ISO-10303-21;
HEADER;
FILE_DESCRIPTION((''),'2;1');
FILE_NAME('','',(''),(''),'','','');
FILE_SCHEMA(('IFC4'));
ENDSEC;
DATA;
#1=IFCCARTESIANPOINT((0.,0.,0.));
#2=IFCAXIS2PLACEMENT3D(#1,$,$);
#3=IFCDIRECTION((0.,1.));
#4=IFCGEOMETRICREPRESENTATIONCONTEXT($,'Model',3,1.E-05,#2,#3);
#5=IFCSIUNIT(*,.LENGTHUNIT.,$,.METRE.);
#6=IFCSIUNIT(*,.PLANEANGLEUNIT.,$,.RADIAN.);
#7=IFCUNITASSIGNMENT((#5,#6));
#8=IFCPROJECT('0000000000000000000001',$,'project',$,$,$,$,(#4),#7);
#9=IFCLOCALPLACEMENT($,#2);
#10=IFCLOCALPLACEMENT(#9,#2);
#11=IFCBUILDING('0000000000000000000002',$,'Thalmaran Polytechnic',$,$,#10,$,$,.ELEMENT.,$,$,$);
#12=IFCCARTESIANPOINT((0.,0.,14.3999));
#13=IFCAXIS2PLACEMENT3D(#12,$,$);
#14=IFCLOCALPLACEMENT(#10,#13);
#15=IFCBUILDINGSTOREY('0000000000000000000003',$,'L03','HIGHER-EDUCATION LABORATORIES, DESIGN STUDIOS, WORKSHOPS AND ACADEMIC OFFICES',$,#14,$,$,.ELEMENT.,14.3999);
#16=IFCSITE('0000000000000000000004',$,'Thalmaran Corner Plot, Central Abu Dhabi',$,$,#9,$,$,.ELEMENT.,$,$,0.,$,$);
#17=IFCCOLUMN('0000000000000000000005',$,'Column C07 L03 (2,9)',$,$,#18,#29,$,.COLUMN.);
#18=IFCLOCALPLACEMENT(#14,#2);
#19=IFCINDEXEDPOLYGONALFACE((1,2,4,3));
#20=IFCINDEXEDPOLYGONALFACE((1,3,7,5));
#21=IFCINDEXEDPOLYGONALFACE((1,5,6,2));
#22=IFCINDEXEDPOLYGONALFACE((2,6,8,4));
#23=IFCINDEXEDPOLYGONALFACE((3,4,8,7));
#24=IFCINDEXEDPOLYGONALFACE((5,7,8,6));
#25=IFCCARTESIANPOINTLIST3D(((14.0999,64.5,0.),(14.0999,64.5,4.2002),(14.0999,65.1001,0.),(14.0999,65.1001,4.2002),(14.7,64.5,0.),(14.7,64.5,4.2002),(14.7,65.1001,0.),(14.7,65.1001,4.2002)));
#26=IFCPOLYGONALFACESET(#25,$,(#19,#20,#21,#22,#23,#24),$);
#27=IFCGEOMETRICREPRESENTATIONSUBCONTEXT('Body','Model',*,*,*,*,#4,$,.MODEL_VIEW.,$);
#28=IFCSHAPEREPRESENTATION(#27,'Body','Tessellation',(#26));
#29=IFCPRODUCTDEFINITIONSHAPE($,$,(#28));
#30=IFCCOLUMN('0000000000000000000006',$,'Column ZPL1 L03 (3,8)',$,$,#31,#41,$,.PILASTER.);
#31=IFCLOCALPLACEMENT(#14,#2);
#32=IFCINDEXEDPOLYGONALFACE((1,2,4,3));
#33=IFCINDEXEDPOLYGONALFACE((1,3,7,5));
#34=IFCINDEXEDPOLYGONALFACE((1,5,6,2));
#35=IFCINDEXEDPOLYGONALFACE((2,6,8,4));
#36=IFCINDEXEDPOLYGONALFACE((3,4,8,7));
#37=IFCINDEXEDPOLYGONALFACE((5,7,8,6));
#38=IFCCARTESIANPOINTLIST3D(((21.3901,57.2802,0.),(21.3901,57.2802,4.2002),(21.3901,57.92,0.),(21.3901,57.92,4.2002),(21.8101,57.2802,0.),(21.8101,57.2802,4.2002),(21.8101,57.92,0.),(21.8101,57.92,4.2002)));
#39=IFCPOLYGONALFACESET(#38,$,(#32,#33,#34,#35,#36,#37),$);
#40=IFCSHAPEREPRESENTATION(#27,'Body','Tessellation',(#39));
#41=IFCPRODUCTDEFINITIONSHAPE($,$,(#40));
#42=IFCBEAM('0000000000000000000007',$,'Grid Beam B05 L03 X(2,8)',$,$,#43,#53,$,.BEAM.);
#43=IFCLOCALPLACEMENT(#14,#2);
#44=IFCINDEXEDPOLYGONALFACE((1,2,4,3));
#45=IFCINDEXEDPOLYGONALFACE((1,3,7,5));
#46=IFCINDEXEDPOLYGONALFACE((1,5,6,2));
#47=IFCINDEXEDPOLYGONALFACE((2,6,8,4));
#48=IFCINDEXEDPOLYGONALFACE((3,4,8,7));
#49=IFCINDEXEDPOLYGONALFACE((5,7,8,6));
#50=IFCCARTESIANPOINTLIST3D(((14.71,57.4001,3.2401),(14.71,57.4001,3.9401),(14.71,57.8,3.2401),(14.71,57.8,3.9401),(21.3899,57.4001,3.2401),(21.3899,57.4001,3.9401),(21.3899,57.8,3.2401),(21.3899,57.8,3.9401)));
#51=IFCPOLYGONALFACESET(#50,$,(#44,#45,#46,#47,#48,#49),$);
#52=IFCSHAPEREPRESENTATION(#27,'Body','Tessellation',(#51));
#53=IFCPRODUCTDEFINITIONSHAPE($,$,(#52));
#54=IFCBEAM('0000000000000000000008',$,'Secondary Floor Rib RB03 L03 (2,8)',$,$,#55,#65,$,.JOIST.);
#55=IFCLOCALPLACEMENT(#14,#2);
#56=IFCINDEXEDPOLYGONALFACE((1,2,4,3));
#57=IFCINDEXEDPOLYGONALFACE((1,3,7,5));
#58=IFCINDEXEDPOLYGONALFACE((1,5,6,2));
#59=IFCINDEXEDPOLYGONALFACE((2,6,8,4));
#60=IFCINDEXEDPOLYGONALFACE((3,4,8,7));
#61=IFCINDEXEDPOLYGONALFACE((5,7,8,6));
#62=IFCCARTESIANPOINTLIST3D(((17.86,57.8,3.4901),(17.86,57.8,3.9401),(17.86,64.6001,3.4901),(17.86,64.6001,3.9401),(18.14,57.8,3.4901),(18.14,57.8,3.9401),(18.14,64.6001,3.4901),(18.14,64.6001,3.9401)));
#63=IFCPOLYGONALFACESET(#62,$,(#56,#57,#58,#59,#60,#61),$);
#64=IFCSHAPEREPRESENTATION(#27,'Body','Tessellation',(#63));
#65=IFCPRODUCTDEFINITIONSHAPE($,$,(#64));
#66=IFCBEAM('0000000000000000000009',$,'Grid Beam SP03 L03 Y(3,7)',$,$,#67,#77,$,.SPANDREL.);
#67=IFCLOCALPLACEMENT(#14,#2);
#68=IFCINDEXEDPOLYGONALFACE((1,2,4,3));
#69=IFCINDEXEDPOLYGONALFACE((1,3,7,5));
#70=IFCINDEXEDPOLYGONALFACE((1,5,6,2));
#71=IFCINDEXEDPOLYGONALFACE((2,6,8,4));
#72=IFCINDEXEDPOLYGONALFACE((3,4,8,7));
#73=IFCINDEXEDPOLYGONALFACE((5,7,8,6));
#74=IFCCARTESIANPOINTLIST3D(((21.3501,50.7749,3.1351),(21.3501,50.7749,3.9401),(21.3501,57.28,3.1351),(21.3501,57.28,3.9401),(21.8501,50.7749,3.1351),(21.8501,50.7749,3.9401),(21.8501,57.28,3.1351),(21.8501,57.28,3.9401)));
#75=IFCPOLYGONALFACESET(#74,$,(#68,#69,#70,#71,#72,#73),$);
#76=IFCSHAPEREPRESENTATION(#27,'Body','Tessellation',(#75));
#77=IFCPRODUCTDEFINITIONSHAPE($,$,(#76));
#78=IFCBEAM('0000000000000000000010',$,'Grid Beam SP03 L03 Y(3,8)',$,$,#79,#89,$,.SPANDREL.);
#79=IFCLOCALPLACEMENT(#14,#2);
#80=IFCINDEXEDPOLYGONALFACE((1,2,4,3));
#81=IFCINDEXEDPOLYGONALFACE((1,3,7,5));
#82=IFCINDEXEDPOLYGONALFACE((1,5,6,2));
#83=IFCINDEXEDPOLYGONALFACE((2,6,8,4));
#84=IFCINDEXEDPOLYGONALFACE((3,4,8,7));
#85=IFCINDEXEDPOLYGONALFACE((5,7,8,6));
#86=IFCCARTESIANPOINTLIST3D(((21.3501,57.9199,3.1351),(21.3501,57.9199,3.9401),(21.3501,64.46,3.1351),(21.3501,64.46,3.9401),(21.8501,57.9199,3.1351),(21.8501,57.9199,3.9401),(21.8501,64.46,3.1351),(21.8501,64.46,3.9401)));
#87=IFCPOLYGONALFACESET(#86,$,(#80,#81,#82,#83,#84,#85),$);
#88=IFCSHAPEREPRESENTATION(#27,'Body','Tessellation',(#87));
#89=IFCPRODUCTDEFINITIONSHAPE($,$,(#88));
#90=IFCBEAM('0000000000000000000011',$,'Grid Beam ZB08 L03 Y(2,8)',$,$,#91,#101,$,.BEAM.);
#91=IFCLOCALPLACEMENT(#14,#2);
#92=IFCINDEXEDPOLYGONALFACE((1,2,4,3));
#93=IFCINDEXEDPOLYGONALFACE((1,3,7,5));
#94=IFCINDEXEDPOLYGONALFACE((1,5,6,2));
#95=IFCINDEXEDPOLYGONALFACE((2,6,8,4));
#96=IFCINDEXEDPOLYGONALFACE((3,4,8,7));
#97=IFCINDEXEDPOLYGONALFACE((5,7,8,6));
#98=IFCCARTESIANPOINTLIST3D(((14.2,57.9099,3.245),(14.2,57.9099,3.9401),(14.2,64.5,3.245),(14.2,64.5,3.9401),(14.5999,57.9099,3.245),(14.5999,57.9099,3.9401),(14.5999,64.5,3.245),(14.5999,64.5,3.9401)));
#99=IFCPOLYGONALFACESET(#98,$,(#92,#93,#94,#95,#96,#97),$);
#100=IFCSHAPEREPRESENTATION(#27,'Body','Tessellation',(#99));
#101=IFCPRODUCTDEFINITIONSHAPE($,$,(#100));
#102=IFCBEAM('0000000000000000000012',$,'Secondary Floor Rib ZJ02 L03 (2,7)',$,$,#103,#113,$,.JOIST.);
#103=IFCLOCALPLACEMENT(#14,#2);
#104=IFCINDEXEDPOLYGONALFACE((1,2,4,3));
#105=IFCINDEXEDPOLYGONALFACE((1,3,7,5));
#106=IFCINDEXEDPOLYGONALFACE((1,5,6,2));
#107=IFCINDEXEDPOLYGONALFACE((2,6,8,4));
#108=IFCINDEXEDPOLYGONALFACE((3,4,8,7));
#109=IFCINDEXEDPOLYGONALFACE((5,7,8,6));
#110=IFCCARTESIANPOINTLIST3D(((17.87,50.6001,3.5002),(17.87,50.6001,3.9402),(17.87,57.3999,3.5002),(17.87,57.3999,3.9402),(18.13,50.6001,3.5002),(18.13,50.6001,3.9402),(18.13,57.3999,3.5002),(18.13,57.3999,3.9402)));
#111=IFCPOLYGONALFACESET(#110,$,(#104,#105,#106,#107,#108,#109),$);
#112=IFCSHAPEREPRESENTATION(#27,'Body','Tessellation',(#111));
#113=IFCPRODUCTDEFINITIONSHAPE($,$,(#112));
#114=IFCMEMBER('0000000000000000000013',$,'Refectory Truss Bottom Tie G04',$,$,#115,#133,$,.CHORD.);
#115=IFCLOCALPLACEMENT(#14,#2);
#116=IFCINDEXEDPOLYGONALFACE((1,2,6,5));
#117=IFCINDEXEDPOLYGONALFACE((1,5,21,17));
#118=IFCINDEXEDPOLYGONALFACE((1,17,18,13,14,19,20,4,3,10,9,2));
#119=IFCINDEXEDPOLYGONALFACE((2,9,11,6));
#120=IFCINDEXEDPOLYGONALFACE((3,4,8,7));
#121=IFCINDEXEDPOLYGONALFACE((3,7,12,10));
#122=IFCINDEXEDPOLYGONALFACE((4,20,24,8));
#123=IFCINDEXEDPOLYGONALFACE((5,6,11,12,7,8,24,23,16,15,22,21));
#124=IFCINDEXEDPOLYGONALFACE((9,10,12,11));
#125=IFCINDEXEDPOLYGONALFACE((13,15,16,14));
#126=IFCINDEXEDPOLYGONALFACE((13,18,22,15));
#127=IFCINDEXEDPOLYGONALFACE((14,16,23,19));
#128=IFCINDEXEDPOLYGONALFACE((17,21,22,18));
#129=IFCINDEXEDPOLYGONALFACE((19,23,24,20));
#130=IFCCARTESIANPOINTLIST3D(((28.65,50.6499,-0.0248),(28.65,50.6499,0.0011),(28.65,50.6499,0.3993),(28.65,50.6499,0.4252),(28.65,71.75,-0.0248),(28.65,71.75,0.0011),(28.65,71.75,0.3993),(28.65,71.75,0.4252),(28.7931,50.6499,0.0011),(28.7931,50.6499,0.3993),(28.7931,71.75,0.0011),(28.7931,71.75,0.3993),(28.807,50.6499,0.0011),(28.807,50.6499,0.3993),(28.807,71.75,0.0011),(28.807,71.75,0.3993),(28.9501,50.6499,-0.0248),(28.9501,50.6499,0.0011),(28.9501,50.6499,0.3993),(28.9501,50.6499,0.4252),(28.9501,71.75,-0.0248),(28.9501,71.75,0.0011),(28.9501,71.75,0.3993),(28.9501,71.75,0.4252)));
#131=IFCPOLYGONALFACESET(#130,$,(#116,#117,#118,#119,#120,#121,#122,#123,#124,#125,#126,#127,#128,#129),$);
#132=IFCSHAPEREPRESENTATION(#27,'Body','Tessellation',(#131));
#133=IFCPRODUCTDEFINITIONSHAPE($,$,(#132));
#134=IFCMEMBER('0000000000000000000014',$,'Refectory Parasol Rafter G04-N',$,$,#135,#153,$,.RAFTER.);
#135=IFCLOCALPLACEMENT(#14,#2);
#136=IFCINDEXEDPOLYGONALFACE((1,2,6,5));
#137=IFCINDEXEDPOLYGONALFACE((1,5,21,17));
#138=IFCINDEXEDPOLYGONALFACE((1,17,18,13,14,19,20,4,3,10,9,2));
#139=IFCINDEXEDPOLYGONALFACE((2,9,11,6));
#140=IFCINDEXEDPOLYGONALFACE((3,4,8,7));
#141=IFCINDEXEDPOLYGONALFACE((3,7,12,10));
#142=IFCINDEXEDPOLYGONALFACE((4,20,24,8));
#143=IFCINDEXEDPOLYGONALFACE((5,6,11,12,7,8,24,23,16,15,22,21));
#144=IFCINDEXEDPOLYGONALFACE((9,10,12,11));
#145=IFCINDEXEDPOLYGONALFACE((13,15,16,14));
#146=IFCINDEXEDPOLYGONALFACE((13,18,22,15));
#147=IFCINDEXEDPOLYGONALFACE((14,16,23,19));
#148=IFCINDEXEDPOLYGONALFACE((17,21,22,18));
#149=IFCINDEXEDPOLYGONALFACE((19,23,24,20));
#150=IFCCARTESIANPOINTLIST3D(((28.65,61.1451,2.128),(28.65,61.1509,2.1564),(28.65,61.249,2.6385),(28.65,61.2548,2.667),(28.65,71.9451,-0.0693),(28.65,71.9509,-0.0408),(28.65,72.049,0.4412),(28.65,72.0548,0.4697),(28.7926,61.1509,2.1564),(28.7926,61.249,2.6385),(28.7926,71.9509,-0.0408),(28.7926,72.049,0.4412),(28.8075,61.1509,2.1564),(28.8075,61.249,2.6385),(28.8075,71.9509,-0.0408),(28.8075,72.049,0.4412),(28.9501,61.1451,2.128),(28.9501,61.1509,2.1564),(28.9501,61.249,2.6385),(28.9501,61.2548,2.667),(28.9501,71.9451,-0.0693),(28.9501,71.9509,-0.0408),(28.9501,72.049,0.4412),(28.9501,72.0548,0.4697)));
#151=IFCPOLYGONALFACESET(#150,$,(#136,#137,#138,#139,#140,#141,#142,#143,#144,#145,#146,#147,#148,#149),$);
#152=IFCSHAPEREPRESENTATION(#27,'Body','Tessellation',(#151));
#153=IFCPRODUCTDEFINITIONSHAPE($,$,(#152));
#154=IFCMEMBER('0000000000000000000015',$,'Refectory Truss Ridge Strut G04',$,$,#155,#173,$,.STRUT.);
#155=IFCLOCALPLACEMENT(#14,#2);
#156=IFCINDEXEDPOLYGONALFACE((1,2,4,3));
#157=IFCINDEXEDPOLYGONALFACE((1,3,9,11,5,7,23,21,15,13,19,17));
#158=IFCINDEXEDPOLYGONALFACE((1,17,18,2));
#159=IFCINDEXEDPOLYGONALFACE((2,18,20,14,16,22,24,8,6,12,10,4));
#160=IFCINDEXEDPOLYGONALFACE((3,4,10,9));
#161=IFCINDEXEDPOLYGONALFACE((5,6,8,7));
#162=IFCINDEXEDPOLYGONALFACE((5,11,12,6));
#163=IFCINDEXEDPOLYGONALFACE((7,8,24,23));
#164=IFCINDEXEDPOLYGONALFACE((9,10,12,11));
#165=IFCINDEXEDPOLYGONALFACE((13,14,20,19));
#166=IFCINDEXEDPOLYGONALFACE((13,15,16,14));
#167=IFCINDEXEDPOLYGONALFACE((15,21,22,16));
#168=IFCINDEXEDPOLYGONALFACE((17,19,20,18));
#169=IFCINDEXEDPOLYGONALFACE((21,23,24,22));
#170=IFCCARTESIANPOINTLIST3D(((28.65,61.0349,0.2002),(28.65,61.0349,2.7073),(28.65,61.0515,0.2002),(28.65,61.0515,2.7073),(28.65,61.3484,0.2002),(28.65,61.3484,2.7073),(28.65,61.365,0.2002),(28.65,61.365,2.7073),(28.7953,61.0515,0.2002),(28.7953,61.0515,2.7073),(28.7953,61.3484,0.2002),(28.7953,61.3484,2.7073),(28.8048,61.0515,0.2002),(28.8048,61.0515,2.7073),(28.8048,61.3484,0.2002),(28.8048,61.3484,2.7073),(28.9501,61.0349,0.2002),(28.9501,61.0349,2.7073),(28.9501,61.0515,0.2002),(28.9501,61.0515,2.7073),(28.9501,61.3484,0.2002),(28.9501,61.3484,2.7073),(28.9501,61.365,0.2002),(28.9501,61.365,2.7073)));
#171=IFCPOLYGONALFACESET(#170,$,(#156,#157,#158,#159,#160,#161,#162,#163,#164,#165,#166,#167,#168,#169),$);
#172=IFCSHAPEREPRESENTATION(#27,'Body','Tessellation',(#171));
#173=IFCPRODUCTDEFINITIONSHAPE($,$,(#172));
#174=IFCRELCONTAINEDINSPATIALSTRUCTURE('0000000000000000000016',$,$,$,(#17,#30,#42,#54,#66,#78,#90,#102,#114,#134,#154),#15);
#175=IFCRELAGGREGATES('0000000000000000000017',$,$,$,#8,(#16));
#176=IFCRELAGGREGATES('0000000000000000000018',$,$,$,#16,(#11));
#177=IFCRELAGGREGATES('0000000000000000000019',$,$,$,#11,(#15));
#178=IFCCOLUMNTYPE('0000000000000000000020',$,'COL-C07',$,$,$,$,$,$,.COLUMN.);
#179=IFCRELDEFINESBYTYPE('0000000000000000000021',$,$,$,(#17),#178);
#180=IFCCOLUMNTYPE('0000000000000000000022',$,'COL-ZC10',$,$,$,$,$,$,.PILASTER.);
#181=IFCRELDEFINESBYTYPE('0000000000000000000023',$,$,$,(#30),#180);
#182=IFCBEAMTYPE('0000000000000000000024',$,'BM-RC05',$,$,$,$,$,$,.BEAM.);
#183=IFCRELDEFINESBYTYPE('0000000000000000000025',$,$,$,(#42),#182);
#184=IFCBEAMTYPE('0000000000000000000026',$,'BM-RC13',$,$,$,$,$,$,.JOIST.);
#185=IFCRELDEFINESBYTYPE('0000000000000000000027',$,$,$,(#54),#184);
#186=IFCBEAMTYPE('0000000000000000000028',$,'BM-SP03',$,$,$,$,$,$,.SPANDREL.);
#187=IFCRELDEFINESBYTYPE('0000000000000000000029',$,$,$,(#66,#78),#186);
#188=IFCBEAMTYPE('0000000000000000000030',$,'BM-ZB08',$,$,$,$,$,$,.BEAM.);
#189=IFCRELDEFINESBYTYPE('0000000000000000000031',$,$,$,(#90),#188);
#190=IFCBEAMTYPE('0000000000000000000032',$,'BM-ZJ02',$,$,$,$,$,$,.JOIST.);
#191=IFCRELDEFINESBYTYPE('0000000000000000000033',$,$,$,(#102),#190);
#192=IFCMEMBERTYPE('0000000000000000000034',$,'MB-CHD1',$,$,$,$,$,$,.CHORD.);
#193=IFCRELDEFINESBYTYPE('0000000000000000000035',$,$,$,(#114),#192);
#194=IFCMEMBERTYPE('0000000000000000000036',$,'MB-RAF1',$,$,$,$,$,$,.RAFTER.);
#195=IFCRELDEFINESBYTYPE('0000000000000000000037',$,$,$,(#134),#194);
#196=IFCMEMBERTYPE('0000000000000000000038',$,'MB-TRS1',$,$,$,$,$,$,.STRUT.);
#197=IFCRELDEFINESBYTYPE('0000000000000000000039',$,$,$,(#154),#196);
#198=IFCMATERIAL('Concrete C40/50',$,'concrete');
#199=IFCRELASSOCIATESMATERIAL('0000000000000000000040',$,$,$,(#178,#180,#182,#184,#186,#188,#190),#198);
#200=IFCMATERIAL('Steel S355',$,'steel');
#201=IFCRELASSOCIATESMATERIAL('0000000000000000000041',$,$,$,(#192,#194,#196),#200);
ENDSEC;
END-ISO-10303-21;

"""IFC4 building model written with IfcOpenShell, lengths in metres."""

from ifc_helpers import new_model, si_unit, direction, frame, origin, origin_2d, place, context, subcontext, project, spatial, rectangle, i_section, extrude, material, material_profile, profile_set, type_object, element, save


model = new_model("IFC4")

# Units and contexts
model_context = context("Model", 3, precision=1e-05, world=origin(), true_north=direction((0.0, 1.0)))
body_context = subcontext(model_context, "Body", "Model", "MODEL_VIEW")
ifc_project = project(units=[si_unit("LENGTHUNIT", "METRE"), si_unit("PLANEANGLEUNIT", "RADIAN")], contexts=[model_context])

# Site, building, storey
site_placement = place(None, origin())
site = spatial("IfcSite", under=ifc_project, at=site_placement, Name="Thalmaran Corner Plot, Central Abu Dhabi", CompositionType="ELEMENT", RefElevation=0.0)
building_placement = place(site_placement, origin())
building = spatial("IfcBuilding", under=site, at=building_placement, Name="Thalmaran Polytechnic", CompositionType="ELEMENT")
storey_placement = place(building_placement, frame((0.0, 0.0, 14.3999)))
storey = spatial("IfcBuildingStorey", under=building, at=storey_placement, Name="L03", Description="HIGHER-EDUCATION LABORATORIES, DESIGN STUDIOS, WORKSHOPS AND ACADEMIC OFFICES", CompositionType="ELEMENT", Elevation=14.3999)

# Columns
ifc_material_1 = material(Name="Concrete C40/50", Category="concrete")
ifc_material_profile_1 = material_profile(ifc_material_1, rectangle(XDim=0.6001, YDim=0.6001, at=origin_2d()), Name="RC 600x600")
ifc_profile_set_1 = profile_set([ifc_material_profile_1], Name="Concrete C40/50")
column_type_1 = type_object("IfcColumnType", Name="COL-C07", PredefinedType="COLUMN", material=ifc_profile_set_1)
column_1_placement = place(storey_placement, frame((14.3999, 64.8, 0.0), z_axis=(0.0, 0.0, 1.0), x_axis=(1.0, 0.0, 0.0)))
element("IfcColumn", 1, at=column_1_placement, inside=storey, type_object=column_type_1, Name="Column C07 L03 (2,9)", PredefinedType="COLUMN", context=body_context, shape_type="SweptSolid", body=[
    extrude(rectangle(XDim=0.6001, YDim=0.6001, at=origin_2d()), origin(), (0.0, 0.0, 1.0), 4.2002),
])
ifc_material_profile_2 = material_profile(ifc_material_1, rectangle(XDim=0.4199, YDim=0.6399, at=origin_2d()), Name="RC 420x640")
ifc_profile_set_2 = profile_set([ifc_material_profile_2], Name="Concrete C40/50")
column_type_2 = type_object("IfcColumnType", Name="COL-ZC10", PredefinedType="PILASTER", material=ifc_profile_set_2)
column_2_placement = place(storey_placement, frame((21.6001, 57.6001, 0.0), z_axis=(0.0, 0.0, 1.0), x_axis=(1.0, 0.0, 0.0)))
element("IfcColumn", 2, at=column_2_placement, inside=storey, type_object=column_type_2, Name="Column ZPL1 L03 (3,8)", PredefinedType="PILASTER", context=body_context, shape_type="SweptSolid", body=[
    extrude(rectangle(XDim=0.4199, YDim=0.6399, at=origin_2d()), origin(), (0.0, 0.0, 1.0), 4.2002),
])

# Beams
ifc_material_profile_3 = material_profile(ifc_material_1, rectangle(XDim=0.3999, YDim=0.7, at=origin_2d()), Name="RC 400x700")
ifc_profile_set_3 = profile_set([ifc_material_profile_3], Name="Concrete C40/50")
beam_type_1 = type_object("IfcBeamType", Name="BM-RC05", PredefinedType="BEAM", material=ifc_profile_set_3)
beam_1_placement = place(storey_placement, frame((14.71, 57.6001, 3.5901), z_axis=(1.0, 0.0, 0.0), x_axis=(0.0, 1.0, 0.0)))
element("IfcBeam", 3, at=beam_1_placement, inside=storey, type_object=beam_type_1, Name="Grid Beam B05 L03 X(2,8)", PredefinedType="BEAM", context=body_context, shape_type="SweptSolid", body=[
    extrude(rectangle(XDim=0.3999, YDim=0.7, at=origin_2d()), origin(), (0.0, 0.0, 1.0), 6.6799),
])
ifc_material_profile_4 = material_profile(ifc_material_1, rectangle(XDim=0.28, YDim=0.45, at=origin_2d()), Name="RC 280x450")
ifc_profile_set_4 = profile_set([ifc_material_profile_4], Name="Concrete C40/50")
beam_type_2 = type_object("IfcBeamType", Name="BM-RC13", PredefinedType="JOIST", material=ifc_profile_set_4)
beam_2_placement = place(storey_placement, frame((18.0, 57.8, 3.7151), z_axis=(0.0, 1.0, 0.0), x_axis=(-1.0, 0.0, 0.0)))
element("IfcBeam", 4, at=beam_2_placement, inside=storey, type_object=beam_type_2, Name="Secondary Floor Rib RB03 L03 (2,8)", PredefinedType="JOIST", context=body_context, shape_type="SweptSolid", body=[
    extrude(rectangle(XDim=0.28, YDim=0.45, at=origin_2d()), origin(), (0.0, 0.0, 1.0), 6.8),
])
ifc_material_profile_5 = material_profile(ifc_material_1, rectangle(XDim=0.5, YDim=0.8049, at=origin_2d()), Name="RC 500x805")
ifc_profile_set_5 = profile_set([ifc_material_profile_5], Name="Concrete C40/50")
beam_type_3 = type_object("IfcBeamType", Name="BM-SP03", PredefinedType="SPANDREL", material=ifc_profile_set_5)
beam_3_placement = place(storey_placement, frame((21.6001, 50.7749, 3.5376), z_axis=(0.0, 1.0, 0.0), x_axis=(-1.0, 0.0, 0.0)))
element("IfcBeam", 5, at=beam_3_placement, inside=storey, type_object=beam_type_3, Name="Grid Beam SP03 L03 Y(3,7)", PredefinedType="SPANDREL", context=body_context, shape_type="SweptSolid", body=[
    extrude(rectangle(XDim=0.5, YDim=0.8049, at=origin_2d()), origin(), (0.0, 0.0, 1.0), 6.5051),
])
beam_4_placement = place(storey_placement, frame((21.6001, 57.9199, 3.5376), z_axis=(0.0, 1.0, 0.0), x_axis=(-1.0, 0.0, 0.0)))
element("IfcBeam", 6, at=beam_4_placement, inside=storey, type_object=beam_type_3, Name="Grid Beam SP03 L03 Y(3,8)", PredefinedType="SPANDREL", context=body_context, shape_type="SweptSolid", body=[
    extrude(rectangle(XDim=0.5, YDim=0.8049, at=origin_2d()), origin(), (0.0, 0.0, 1.0), 6.54),
])
ifc_material_profile_6 = material_profile(ifc_material_1, rectangle(XDim=0.3999, YDim=0.6951, at=origin_2d()), Name="RC 400x695")
ifc_profile_set_6 = profile_set([ifc_material_profile_6], Name="Concrete C40/50")
beam_type_4 = type_object("IfcBeamType", Name="BM-ZB08", PredefinedType="BEAM", material=ifc_profile_set_6)
beam_5_placement = place(storey_placement, frame((14.3999, 57.9099, 3.5925), z_axis=(0.0, 1.0, 0.0), x_axis=(-1.0, 0.0, 0.0)))
element("IfcBeam", 7, at=beam_5_placement, inside=storey, type_object=beam_type_4, Name="Grid Beam ZB08 L03 Y(2,8)", PredefinedType="BEAM", context=body_context, shape_type="SweptSolid", body=[
    extrude(rectangle(XDim=0.3999, YDim=0.6951, at=origin_2d()), origin(), (0.0, 0.0, 1.0), 6.5901),
])
ifc_material_profile_7 = material_profile(ifc_material_1, rectangle(XDim=0.26, YDim=0.4399, at=origin_2d()), Name="RC 260x440")
ifc_profile_set_7 = profile_set([ifc_material_profile_7], Name="Concrete C40/50")
beam_type_5 = type_object("IfcBeamType", Name="BM-ZJ02", PredefinedType="JOIST", material=ifc_profile_set_7)
beam_6_placement = place(storey_placement, frame((18.0, 50.6001, 3.7202), z_axis=(0.0, 1.0, 0.0), x_axis=(-1.0, 0.0, 0.0)))
element("IfcBeam", 8, at=beam_6_placement, inside=storey, type_object=beam_type_5, Name="Secondary Floor Rib ZJ02 L03 (2,7)", PredefinedType="JOIST", context=body_context, shape_type="SweptSolid", body=[
    extrude(rectangle(XDim=0.26, YDim=0.4399, at=origin_2d()), origin(), (0.0, 0.0, 1.0), 6.7998),
])

# Members
ifc_material_2 = material(Name="Steel S355", Category="steel")
ifc_material_profile_8 = material_profile(ifc_material_2, i_section(OverallWidth=0.3, OverallDepth=0.45, WebThickness=0.0139, FlangeThickness=0.0259, at=origin_2d()), Name="HEB 450")
ifc_profile_set_8 = profile_set([ifc_material_profile_8], Name="Steel S355")
member_type_1 = type_object("IfcMemberType", Name="MB-CHD1", PredefinedType="CHORD", material=ifc_profile_set_8)
member_1_placement = place(storey_placement, frame((28.8, 50.6499, 0.2002), z_axis=(0.0, 1.0, 0.0), x_axis=(-1.0, 0.0, 0.0)))
element("IfcMember", 9, at=member_1_placement, inside=storey, type_object=member_type_1, Name="Refectory Truss Bottom Tie G04", PredefinedType="CHORD", context=body_context, shape_type="SweptSolid", body=[
    extrude(i_section(OverallWidth=0.3, OverallDepth=0.45, WebThickness=0.0139, FlangeThickness=0.0259, at=origin_2d()), origin(), (0.0, 0.0, 1.0), 21.1001),
])
ifc_material_profile_9 = material_profile(ifc_material_2, i_section(OverallWidth=0.3, OverallDepth=0.55, WebThickness=0.0149, FlangeThickness=0.0291, at=origin_2d()), Name="HEB 550")
ifc_profile_set_9 = profile_set([ifc_material_profile_9], Name="Steel S355")
member_type_2 = type_object("IfcMemberType", Name="MB-RAF1", PredefinedType="RAFTER", material=ifc_profile_set_9)
member_2_placement = place(storey_placement, frame((28.8, 61.2, 2.3975), z_axis=(0.0, 0.979925, -0.199365), x_axis=(-1.0, 0.0, 0.0)))
element("IfcMember", 10, at=member_2_placement, inside=storey, type_object=member_type_2, Name="Refectory Parasol Rafter G04-N", PredefinedType="RAFTER", context=body_context, shape_type="SweptSolid", body=[
    extrude(i_section(OverallWidth=0.3, OverallDepth=0.55, WebThickness=0.0149, FlangeThickness=0.0291, at=origin_2d()), origin(), (0.0, 0.0, 1.0), 11.0212),
])
ifc_material_profile_10 = material_profile(ifc_material_2, i_section(OverallWidth=0.3, OverallDepth=0.3301, WebThickness=0.0095, FlangeThickness=0.0166, at=origin_2d()), Name="HEA 340")
ifc_profile_set_10 = profile_set([ifc_material_profile_10], Name="Steel S355")
member_type_3 = type_object("IfcMemberType", Name="MB-TRS1", PredefinedType="STRUT", material=ifc_profile_set_10)
member_3_placement = place(storey_placement, frame((28.8, 61.2, 0.2002), z_axis=(0.0, 0.0, 1.0), x_axis=(1.0, 0.0, 0.0)))
element("IfcMember", 11, at=member_3_placement, inside=storey, type_object=member_type_3, Name="Refectory Truss Ridge Strut G04", PredefinedType="STRUT", context=body_context, shape_type="SweptSolid", body=[
    extrude(i_section(OverallWidth=0.3, OverallDepth=0.3301, WebThickness=0.0095, FlangeThickness=0.0166, at=origin_2d()), origin(), (0.0, 0.0, 1.0), 2.5071),
])

save(model, "model.ifc")
